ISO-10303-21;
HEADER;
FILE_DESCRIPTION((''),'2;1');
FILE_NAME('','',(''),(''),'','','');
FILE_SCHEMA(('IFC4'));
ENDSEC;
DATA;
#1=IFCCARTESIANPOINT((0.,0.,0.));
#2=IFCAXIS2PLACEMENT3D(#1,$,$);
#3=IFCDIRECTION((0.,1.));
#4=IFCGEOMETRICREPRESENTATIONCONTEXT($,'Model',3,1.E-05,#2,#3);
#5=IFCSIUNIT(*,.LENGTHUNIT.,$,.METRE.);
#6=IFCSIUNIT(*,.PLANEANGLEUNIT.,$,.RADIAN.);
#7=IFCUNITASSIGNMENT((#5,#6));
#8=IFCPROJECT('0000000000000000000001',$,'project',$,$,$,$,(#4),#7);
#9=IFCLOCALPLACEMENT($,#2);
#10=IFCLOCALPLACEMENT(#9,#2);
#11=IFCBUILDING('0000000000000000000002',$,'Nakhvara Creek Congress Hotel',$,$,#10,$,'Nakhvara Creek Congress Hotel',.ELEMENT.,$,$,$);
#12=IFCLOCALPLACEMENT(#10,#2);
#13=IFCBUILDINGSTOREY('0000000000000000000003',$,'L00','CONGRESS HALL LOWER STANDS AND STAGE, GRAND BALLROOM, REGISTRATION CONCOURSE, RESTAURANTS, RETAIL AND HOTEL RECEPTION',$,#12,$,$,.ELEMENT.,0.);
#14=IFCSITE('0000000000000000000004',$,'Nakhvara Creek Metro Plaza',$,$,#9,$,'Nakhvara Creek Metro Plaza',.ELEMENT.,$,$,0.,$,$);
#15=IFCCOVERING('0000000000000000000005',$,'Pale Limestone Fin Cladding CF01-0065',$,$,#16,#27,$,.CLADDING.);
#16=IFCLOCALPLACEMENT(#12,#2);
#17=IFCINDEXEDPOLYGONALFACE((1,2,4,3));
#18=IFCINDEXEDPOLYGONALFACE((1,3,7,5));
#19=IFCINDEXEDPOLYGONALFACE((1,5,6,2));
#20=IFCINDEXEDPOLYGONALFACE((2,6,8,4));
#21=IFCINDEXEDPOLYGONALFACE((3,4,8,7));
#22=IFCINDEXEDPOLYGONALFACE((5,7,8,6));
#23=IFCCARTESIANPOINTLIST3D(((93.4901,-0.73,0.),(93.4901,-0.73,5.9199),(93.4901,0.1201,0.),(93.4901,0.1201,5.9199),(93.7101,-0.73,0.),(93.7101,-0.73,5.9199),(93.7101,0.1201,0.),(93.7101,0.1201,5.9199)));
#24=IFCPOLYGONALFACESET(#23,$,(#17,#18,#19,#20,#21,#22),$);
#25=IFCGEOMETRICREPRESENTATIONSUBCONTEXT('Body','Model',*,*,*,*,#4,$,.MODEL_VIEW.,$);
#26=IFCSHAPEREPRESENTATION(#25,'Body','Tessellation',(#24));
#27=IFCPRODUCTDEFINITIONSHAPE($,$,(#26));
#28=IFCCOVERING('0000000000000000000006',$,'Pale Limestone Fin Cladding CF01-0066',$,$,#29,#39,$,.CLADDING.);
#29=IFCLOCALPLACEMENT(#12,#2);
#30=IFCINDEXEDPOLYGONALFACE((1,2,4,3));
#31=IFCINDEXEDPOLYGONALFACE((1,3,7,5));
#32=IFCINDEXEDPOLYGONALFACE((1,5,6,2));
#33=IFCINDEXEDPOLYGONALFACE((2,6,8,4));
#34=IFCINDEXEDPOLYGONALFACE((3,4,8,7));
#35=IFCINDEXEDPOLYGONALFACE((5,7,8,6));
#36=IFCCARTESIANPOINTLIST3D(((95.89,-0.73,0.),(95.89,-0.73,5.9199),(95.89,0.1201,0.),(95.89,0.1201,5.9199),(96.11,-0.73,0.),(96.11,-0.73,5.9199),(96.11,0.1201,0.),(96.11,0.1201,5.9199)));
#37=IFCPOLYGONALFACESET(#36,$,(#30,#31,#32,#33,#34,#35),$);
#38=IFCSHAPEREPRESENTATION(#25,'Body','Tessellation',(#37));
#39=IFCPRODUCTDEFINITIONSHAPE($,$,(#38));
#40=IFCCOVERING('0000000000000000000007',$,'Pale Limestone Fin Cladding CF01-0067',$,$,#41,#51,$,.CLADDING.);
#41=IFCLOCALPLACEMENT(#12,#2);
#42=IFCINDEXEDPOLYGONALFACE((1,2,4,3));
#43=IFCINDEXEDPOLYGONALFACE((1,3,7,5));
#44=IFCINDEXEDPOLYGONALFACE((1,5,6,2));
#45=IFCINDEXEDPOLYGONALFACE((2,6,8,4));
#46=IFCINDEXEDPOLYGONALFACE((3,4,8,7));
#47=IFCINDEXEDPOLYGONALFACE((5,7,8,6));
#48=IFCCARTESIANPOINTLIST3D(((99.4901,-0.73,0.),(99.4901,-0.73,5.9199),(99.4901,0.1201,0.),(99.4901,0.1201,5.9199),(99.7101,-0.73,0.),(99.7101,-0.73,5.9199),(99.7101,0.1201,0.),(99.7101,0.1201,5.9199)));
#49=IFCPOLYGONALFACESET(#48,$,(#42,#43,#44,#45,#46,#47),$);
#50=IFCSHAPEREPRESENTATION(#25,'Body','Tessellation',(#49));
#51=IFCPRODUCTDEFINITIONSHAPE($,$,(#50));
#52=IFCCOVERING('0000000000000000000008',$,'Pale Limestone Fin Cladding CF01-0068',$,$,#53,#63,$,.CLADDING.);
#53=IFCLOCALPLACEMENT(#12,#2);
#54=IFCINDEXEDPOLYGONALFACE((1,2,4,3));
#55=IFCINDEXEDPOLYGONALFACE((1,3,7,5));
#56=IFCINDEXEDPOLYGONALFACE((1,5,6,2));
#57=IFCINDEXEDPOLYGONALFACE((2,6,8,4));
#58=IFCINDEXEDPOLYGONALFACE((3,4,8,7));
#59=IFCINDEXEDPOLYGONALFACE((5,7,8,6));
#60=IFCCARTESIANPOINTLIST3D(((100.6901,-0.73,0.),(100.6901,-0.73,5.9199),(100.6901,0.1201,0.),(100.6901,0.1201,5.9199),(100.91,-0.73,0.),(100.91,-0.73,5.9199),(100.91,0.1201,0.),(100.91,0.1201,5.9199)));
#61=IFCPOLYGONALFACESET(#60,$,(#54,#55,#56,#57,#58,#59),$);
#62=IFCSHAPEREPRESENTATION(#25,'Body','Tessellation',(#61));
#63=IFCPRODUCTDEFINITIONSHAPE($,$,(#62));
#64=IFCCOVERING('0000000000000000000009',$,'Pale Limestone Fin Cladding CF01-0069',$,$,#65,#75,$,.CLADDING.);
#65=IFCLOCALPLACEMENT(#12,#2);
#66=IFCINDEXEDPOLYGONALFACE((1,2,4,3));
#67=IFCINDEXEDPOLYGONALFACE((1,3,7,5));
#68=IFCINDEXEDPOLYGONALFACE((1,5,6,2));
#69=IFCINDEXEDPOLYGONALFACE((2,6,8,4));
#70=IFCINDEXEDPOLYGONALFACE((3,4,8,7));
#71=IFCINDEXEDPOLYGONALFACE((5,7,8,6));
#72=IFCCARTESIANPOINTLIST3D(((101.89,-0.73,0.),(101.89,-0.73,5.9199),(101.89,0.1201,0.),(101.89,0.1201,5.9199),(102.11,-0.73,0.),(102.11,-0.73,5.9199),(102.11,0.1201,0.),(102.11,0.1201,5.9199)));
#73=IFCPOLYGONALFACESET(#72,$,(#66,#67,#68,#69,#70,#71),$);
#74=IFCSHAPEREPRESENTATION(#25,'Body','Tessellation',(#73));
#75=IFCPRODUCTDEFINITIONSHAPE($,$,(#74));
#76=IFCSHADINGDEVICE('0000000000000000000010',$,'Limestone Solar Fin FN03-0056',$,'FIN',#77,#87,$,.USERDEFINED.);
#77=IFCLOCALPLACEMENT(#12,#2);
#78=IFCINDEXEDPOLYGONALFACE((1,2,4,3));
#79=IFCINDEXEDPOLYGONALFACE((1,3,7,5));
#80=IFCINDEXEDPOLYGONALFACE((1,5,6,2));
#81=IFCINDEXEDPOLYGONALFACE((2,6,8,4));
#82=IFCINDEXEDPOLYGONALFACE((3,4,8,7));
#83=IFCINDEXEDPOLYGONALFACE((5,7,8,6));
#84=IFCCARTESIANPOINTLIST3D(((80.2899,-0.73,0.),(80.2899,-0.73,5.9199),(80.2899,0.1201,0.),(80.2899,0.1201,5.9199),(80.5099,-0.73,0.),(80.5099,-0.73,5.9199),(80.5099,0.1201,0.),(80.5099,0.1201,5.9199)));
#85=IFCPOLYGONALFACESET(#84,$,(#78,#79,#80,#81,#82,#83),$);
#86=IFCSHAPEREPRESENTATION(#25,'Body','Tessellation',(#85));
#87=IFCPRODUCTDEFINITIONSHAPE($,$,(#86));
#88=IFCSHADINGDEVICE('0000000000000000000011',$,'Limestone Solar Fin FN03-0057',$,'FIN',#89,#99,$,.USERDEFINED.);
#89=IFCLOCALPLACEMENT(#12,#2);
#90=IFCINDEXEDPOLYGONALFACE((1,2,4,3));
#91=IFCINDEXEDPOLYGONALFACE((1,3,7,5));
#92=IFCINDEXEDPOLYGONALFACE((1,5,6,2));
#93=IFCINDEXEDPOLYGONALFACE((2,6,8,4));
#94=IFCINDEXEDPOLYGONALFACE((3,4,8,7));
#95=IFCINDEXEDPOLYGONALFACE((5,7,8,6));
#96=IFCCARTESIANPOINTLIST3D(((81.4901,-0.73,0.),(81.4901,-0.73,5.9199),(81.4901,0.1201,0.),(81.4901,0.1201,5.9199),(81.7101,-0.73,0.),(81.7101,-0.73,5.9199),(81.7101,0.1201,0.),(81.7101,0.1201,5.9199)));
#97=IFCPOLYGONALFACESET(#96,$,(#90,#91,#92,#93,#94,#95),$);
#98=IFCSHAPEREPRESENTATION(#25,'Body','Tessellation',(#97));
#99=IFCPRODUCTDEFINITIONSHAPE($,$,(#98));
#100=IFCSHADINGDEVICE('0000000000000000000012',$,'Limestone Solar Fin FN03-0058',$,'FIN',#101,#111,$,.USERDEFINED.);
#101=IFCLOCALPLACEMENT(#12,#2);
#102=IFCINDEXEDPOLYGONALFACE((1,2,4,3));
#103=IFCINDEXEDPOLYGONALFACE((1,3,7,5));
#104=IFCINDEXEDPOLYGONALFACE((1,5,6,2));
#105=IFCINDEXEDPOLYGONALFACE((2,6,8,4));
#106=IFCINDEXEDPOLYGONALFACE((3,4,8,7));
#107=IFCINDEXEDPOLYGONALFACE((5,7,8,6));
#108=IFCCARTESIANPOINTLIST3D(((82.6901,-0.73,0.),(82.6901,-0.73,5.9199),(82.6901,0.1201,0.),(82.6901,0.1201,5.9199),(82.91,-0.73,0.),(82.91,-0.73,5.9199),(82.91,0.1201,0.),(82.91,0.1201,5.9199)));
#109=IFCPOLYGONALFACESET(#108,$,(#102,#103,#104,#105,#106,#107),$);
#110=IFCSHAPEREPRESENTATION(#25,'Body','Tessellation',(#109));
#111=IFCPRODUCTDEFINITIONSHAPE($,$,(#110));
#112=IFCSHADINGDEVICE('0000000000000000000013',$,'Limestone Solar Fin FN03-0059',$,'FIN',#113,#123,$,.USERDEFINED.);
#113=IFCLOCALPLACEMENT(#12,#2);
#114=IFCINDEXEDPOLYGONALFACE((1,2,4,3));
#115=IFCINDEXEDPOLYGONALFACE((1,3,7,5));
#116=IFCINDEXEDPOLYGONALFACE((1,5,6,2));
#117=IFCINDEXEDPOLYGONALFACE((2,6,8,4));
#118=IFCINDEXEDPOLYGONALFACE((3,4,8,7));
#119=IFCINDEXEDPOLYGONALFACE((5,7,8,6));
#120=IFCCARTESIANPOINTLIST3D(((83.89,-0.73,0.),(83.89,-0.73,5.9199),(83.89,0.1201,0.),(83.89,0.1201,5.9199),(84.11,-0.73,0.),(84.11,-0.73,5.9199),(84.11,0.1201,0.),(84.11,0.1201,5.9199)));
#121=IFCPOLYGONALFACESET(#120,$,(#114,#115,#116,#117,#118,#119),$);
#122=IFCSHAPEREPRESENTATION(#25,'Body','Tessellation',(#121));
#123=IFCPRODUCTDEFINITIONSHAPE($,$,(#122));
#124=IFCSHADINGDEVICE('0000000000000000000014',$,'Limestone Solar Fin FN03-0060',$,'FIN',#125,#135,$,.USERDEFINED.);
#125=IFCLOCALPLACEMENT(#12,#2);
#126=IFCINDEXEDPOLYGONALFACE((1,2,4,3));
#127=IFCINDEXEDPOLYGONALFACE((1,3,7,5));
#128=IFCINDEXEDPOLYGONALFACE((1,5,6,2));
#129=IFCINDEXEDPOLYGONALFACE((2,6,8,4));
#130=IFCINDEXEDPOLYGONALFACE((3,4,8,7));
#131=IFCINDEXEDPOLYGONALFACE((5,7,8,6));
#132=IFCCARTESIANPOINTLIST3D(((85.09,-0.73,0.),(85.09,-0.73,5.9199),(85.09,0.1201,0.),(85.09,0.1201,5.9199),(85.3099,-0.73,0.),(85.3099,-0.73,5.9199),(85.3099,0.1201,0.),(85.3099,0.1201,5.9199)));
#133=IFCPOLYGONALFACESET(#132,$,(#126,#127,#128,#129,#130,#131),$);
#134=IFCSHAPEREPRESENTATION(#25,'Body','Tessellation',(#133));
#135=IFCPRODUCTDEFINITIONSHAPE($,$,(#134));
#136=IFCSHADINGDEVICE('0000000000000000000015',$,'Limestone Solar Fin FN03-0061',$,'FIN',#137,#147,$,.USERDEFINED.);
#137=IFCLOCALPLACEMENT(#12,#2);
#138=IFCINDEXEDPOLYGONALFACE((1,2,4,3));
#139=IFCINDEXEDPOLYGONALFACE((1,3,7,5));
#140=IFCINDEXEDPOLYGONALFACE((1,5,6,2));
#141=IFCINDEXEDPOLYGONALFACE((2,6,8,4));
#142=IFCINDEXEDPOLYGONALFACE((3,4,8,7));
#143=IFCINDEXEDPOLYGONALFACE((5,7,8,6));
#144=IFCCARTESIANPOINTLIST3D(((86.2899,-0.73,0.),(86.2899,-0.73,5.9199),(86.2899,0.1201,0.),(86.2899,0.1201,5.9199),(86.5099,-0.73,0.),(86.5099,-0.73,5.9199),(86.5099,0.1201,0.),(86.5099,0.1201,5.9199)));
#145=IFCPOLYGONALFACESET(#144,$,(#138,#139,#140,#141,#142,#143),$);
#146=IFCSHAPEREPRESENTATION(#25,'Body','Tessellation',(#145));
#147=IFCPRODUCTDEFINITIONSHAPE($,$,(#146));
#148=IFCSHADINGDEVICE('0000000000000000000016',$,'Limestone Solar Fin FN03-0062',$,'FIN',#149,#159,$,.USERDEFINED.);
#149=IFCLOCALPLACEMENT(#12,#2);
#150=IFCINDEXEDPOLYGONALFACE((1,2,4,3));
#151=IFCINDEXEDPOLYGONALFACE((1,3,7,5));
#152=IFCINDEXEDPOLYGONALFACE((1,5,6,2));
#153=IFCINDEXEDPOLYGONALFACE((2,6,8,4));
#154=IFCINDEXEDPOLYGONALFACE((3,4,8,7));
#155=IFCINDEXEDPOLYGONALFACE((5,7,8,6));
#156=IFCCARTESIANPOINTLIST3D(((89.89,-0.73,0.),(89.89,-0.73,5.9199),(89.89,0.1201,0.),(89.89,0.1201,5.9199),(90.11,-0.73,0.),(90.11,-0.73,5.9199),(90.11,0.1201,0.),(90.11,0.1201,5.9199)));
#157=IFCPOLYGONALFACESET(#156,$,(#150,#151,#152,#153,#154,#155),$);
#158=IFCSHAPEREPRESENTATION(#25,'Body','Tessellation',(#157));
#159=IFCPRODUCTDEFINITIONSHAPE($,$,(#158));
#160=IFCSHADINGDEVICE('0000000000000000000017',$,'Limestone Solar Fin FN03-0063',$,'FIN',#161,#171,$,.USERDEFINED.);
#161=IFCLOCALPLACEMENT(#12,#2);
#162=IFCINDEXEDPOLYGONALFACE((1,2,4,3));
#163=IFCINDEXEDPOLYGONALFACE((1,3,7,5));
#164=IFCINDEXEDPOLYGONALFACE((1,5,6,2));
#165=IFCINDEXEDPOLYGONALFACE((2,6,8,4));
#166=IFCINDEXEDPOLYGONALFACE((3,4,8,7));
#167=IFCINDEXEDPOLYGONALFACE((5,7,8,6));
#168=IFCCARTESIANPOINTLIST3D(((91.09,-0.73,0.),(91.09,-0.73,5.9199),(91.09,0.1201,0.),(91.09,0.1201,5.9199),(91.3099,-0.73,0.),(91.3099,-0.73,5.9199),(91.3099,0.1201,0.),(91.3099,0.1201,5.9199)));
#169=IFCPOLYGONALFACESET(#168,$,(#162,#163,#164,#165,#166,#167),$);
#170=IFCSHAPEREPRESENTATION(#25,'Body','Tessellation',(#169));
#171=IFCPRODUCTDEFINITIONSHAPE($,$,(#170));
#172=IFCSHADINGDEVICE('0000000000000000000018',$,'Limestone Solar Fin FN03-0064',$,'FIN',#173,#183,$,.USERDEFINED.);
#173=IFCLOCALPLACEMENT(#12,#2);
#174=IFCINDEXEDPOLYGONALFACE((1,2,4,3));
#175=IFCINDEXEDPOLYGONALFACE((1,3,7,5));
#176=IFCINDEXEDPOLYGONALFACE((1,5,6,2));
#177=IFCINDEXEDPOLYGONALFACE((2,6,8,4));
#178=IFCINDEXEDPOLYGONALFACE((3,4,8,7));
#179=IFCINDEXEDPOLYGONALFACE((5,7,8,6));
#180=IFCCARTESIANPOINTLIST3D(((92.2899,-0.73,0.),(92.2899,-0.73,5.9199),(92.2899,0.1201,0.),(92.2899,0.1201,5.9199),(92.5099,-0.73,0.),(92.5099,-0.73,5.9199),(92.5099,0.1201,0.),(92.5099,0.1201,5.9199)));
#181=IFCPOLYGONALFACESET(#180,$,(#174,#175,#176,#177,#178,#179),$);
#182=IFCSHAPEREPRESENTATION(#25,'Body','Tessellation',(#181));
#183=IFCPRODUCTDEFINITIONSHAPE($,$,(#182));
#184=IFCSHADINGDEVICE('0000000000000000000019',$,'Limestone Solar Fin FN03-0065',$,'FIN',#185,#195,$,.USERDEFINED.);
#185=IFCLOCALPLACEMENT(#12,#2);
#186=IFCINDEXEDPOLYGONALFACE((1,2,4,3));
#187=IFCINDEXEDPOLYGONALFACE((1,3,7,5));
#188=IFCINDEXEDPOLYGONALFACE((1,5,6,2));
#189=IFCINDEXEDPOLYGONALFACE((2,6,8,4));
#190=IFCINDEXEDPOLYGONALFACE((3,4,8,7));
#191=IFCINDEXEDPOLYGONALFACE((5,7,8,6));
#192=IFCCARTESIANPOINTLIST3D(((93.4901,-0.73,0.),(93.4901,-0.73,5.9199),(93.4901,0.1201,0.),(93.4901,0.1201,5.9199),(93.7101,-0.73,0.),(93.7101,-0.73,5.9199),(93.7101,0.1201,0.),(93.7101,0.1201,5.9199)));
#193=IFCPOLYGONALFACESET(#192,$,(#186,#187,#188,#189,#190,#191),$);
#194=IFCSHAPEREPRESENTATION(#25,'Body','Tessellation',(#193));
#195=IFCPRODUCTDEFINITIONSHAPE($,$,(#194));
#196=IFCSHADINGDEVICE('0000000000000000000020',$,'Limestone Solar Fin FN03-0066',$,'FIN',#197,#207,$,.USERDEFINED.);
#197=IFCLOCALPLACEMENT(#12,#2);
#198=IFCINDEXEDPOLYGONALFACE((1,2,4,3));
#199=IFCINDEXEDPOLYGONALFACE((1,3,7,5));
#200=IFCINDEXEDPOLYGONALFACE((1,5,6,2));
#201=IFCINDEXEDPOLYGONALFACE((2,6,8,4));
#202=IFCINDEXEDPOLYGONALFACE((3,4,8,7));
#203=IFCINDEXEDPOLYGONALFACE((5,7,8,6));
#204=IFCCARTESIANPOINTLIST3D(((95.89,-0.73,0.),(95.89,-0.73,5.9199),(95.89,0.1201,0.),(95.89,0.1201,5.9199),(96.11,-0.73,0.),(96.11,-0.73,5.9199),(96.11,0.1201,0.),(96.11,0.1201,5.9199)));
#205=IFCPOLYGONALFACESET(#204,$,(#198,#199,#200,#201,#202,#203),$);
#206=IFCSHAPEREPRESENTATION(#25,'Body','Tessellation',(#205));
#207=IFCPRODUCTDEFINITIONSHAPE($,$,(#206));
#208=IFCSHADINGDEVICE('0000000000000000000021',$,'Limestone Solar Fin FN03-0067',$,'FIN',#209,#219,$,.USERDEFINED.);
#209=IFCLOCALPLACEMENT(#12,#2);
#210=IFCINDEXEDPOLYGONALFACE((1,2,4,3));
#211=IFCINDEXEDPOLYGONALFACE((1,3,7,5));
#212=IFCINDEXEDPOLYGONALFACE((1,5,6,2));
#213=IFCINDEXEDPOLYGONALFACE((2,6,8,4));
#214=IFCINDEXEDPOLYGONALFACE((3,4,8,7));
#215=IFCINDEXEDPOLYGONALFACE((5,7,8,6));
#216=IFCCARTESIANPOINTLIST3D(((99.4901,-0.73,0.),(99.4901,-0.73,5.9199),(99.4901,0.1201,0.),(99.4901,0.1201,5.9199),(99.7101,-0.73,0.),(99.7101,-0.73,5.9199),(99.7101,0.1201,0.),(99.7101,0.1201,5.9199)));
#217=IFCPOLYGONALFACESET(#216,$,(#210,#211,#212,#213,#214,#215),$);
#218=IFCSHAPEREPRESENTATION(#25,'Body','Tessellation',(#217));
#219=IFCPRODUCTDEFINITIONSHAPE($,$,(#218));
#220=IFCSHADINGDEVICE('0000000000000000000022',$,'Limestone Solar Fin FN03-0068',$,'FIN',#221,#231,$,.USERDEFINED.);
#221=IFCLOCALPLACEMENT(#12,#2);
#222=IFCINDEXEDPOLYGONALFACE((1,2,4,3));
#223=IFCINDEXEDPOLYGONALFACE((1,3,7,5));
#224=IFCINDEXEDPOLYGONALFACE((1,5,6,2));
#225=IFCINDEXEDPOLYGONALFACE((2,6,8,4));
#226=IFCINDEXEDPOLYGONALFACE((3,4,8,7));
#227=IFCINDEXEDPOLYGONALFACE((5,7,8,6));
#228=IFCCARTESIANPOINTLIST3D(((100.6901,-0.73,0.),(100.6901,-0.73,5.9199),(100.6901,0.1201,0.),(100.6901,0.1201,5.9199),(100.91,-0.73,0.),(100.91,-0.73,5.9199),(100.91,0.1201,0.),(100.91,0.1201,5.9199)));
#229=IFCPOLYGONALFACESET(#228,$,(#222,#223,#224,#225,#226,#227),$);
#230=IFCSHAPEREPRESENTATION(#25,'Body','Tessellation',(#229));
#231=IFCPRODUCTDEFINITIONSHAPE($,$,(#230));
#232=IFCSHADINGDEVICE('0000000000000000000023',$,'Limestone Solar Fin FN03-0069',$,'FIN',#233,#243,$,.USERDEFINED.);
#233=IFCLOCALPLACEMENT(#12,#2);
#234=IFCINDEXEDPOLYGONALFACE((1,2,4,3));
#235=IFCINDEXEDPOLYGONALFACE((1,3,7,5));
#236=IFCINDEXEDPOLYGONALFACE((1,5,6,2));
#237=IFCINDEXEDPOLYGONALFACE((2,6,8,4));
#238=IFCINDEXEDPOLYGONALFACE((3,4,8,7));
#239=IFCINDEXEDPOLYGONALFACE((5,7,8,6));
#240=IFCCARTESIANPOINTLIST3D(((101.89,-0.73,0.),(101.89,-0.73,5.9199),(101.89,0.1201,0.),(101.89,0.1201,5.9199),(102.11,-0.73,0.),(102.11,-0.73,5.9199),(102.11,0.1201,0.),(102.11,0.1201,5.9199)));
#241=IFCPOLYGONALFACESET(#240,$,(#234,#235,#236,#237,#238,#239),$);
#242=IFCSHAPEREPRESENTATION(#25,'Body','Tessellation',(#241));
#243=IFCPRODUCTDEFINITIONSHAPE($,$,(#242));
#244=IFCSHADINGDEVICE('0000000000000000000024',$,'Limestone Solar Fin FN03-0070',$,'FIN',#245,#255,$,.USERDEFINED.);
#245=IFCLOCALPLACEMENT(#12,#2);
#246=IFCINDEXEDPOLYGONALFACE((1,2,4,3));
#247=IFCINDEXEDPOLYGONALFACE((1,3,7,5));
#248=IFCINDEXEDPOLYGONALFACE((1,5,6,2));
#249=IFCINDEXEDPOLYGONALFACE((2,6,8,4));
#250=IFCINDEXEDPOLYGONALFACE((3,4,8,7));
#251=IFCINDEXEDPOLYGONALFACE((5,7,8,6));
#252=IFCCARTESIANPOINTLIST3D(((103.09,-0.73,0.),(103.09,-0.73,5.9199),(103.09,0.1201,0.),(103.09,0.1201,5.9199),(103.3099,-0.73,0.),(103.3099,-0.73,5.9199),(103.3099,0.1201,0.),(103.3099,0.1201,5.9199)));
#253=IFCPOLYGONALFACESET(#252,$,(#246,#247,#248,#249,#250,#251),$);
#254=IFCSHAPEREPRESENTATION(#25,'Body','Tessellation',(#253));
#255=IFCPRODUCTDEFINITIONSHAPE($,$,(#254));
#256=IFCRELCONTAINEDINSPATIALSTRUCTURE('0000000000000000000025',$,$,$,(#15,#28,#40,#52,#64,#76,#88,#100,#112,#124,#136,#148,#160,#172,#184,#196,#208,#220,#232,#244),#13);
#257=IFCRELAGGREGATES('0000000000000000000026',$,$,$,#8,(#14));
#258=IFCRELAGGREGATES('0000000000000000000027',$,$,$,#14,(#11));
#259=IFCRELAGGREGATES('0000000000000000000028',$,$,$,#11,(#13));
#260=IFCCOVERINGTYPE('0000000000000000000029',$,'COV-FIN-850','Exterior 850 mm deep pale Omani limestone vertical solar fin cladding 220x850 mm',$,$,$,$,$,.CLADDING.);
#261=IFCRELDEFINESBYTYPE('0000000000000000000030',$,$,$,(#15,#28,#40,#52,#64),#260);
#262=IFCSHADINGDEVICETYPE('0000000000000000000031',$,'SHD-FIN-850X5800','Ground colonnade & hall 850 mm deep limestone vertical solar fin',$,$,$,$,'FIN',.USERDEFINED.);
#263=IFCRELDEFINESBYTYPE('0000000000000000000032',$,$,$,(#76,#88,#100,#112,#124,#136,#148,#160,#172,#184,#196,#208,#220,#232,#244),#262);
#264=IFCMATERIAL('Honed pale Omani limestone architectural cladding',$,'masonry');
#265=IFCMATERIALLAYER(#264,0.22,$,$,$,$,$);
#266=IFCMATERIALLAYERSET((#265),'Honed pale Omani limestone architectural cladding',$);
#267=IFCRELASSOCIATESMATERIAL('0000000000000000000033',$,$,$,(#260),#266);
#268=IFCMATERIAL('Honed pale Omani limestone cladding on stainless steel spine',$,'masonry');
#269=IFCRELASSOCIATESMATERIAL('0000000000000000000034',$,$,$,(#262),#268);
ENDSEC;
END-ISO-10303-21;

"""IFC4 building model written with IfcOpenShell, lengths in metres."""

from ifc_helpers import new_model, si_unit, direction, frame, origin, origin_2d, place, context, subcontext, project, spatial, rectangle, extrude, material, layer, layer_set, type_object, element, save


model = new_model("IFC4")

# Units and contexts
model_context = context("Model", 3, precision=1e-05, world=origin(), true_north=direction((0.0, 1.0)))
body_context = subcontext(model_context, "Body", "Model", "MODEL_VIEW")
ifc_project = project(units=[si_unit("LENGTHUNIT", "METRE"), si_unit("PLANEANGLEUNIT", "RADIAN")], contexts=[model_context])

# Site, building, storey
site_placement = place(None, origin())
site = spatial("IfcSite", under=ifc_project, at=site_placement, Name="Nakhvara Creek Metro Plaza", LongName="Nakhvara Creek Metro Plaza", CompositionType="ELEMENT", RefElevation=0.0)
building_placement = place(site_placement, origin())
building = spatial("IfcBuilding", under=site, at=building_placement, Name="Nakhvara Creek Congress Hotel", LongName="Nakhvara Creek Congress Hotel", CompositionType="ELEMENT")
storey_placement = place(building_placement, origin())
storey = spatial("IfcBuildingStorey", under=building, at=storey_placement, Name="L00", Description="CONGRESS HALL LOWER STANDS AND STAGE, GRAND BALLROOM, REGISTRATION CONCOURSE, RESTAURANTS, RETAIL AND HOTEL RECEPTION", CompositionType="ELEMENT", Elevation=0.0)

# Coverings
ifc_material_1 = material(Name="Honed pale Omani limestone architectural cladding", Category="masonry")
ifc_layer = layer(ifc_material_1, 0.22)
ifc_layer_set = layer_set([ifc_layer], Name="Honed pale Omani limestone architectural cladding")
covering_type = type_object("IfcCoveringType", Name="COV-FIN-850", Description="Exterior 850 mm deep pale Omani limestone vertical solar fin cladding 220x850 mm", PredefinedType="CLADDING", material=ifc_layer_set)
for number, where, z_axis, x_axis, name in (
    (1, (93.6001, -0.3049, 0.0), (0.0, 0.0, 1.0), (1.0, 0.0, 0.0), "Pale Limestone Fin Cladding CF01-0065"),
    (2, (96.0, -0.3049, 0.0), (0.0, 0.0, 1.0), (1.0, 0.0, 0.0), "Pale Limestone Fin Cladding CF01-0066"),
    (3, (99.6001, -0.3049, 0.0), (0.0, 0.0, 1.0), (1.0, 0.0, 0.0), "Pale Limestone Fin Cladding CF01-0067"),
    (4, (100.8, -0.3049, 0.0), (0.0, 0.0, 1.0), (1.0, 0.0, 0.0), "Pale Limestone Fin Cladding CF01-0068"),
    (5, (102.0, -0.3049, 0.0), (0.0, 0.0, 1.0), (1.0, 0.0, 0.0), "Pale Limestone Fin Cladding CF01-0069"),
):
    element("IfcCovering", number, at=place(storey_placement, frame(where, z_axis=z_axis, x_axis=x_axis)), inside=storey, type_object=covering_type, Name=name, PredefinedType="CLADDING", context=body_context, shape_type="SweptSolid", body=[
        extrude(rectangle(XDim=0.22, YDim=0.8501, at=origin_2d()), origin(), (0.0, 0.0, 1.0), 5.9199),
    ])

# Shading devices
ifc_material_2 = material(Name="Honed pale Omani limestone cladding on stainless steel spine", Category="masonry")
shading_device_type = type_object("IfcShadingDeviceType", Name="SHD-FIN-850X5800", Description="Ground colonnade & hall 850 mm deep limestone vertical solar fin", ElementType="FIN", PredefinedType="USERDEFINED", material=ifc_material_2)
for number, where, z_axis, x_axis, name in (
    (6, (80.3999, -0.3049, 0.0), (0.0, 0.0, 1.0), (1.0, 0.0, 0.0), "Limestone Solar Fin FN03-0056"),
    (7, (81.6001, -0.3049, 0.0), (0.0, 0.0, 1.0), (1.0, 0.0, 0.0), "Limestone Solar Fin FN03-0057"),
    (8, (82.8, -0.3049, 0.0), (0.0, 0.0, 1.0), (1.0, 0.0, 0.0), "Limestone Solar Fin FN03-0058"),
    (9, (84.0, -0.3049, 0.0), (0.0, 0.0, 1.0), (1.0, 0.0, 0.0), "Limestone Solar Fin FN03-0059"),
    (10, (85.2, -0.3049, 0.0), (0.0, 0.0, 1.0), (1.0, 0.0, 0.0), "Limestone Solar Fin FN03-0060"),
    (11, (86.3999, -0.3049, 0.0), (0.0, 0.0, 1.0), (1.0, 0.0, 0.0), "Limestone Solar Fin FN03-0061"),
    (12, (90.0, -0.3049, 0.0), (0.0, 0.0, 1.0), (1.0, 0.0, 0.0), "Limestone Solar Fin FN03-0062"),
    (13, (91.2, -0.3049, 0.0), (0.0, 0.0, 1.0), (1.0, 0.0, 0.0), "Limestone Solar Fin FN03-0063"),
    (14, (92.3999, -0.3049, 0.0), (0.0, 0.0, 1.0), (1.0, 0.0, 0.0), "Limestone Solar Fin FN03-0064"),
    (15, (93.6001, -0.3049, 0.0), (0.0, 0.0, 1.0), (1.0, 0.0, 0.0), "Limestone Solar Fin FN03-0065"),
    (16, (96.0, -0.3049, 0.0), (0.0, 0.0, 1.0), (1.0, 0.0, 0.0), "Limestone Solar Fin FN03-0066"),
    (17, (99.6001, -0.3049, 0.0), (0.0, 0.0, 1.0), (1.0, 0.0, 0.0), "Limestone Solar Fin FN03-0067"),
    (18, (100.8, -0.3049, 0.0), (0.0, 0.0, 1.0), (1.0, 0.0, 0.0), "Limestone Solar Fin FN03-0068"),
    (19, (102.0, -0.3049, 0.0), (0.0, 0.0, 1.0), (1.0, 0.0, 0.0), "Limestone Solar Fin FN03-0069"),
    (20, (103.2, -0.3049, 0.0), (0.0, 0.0, 1.0), (1.0, 0.0, 0.0), "Limestone Solar Fin FN03-0070"),
):
    element("IfcShadingDevice", number, at=place(storey_placement, frame(where, z_axis=z_axis, x_axis=x_axis)), inside=storey, type_object=shading_device_type, Name=name, ObjectType="FIN", PredefinedType="USERDEFINED", context=body_context, shape_type="SweptSolid", body=[
        extrude(rectangle(XDim=0.22, YDim=0.8501, at=origin_2d()), origin(), (0.0, 0.0, 1.0), 5.9199),
    ])

save(model, "model.ifc")
